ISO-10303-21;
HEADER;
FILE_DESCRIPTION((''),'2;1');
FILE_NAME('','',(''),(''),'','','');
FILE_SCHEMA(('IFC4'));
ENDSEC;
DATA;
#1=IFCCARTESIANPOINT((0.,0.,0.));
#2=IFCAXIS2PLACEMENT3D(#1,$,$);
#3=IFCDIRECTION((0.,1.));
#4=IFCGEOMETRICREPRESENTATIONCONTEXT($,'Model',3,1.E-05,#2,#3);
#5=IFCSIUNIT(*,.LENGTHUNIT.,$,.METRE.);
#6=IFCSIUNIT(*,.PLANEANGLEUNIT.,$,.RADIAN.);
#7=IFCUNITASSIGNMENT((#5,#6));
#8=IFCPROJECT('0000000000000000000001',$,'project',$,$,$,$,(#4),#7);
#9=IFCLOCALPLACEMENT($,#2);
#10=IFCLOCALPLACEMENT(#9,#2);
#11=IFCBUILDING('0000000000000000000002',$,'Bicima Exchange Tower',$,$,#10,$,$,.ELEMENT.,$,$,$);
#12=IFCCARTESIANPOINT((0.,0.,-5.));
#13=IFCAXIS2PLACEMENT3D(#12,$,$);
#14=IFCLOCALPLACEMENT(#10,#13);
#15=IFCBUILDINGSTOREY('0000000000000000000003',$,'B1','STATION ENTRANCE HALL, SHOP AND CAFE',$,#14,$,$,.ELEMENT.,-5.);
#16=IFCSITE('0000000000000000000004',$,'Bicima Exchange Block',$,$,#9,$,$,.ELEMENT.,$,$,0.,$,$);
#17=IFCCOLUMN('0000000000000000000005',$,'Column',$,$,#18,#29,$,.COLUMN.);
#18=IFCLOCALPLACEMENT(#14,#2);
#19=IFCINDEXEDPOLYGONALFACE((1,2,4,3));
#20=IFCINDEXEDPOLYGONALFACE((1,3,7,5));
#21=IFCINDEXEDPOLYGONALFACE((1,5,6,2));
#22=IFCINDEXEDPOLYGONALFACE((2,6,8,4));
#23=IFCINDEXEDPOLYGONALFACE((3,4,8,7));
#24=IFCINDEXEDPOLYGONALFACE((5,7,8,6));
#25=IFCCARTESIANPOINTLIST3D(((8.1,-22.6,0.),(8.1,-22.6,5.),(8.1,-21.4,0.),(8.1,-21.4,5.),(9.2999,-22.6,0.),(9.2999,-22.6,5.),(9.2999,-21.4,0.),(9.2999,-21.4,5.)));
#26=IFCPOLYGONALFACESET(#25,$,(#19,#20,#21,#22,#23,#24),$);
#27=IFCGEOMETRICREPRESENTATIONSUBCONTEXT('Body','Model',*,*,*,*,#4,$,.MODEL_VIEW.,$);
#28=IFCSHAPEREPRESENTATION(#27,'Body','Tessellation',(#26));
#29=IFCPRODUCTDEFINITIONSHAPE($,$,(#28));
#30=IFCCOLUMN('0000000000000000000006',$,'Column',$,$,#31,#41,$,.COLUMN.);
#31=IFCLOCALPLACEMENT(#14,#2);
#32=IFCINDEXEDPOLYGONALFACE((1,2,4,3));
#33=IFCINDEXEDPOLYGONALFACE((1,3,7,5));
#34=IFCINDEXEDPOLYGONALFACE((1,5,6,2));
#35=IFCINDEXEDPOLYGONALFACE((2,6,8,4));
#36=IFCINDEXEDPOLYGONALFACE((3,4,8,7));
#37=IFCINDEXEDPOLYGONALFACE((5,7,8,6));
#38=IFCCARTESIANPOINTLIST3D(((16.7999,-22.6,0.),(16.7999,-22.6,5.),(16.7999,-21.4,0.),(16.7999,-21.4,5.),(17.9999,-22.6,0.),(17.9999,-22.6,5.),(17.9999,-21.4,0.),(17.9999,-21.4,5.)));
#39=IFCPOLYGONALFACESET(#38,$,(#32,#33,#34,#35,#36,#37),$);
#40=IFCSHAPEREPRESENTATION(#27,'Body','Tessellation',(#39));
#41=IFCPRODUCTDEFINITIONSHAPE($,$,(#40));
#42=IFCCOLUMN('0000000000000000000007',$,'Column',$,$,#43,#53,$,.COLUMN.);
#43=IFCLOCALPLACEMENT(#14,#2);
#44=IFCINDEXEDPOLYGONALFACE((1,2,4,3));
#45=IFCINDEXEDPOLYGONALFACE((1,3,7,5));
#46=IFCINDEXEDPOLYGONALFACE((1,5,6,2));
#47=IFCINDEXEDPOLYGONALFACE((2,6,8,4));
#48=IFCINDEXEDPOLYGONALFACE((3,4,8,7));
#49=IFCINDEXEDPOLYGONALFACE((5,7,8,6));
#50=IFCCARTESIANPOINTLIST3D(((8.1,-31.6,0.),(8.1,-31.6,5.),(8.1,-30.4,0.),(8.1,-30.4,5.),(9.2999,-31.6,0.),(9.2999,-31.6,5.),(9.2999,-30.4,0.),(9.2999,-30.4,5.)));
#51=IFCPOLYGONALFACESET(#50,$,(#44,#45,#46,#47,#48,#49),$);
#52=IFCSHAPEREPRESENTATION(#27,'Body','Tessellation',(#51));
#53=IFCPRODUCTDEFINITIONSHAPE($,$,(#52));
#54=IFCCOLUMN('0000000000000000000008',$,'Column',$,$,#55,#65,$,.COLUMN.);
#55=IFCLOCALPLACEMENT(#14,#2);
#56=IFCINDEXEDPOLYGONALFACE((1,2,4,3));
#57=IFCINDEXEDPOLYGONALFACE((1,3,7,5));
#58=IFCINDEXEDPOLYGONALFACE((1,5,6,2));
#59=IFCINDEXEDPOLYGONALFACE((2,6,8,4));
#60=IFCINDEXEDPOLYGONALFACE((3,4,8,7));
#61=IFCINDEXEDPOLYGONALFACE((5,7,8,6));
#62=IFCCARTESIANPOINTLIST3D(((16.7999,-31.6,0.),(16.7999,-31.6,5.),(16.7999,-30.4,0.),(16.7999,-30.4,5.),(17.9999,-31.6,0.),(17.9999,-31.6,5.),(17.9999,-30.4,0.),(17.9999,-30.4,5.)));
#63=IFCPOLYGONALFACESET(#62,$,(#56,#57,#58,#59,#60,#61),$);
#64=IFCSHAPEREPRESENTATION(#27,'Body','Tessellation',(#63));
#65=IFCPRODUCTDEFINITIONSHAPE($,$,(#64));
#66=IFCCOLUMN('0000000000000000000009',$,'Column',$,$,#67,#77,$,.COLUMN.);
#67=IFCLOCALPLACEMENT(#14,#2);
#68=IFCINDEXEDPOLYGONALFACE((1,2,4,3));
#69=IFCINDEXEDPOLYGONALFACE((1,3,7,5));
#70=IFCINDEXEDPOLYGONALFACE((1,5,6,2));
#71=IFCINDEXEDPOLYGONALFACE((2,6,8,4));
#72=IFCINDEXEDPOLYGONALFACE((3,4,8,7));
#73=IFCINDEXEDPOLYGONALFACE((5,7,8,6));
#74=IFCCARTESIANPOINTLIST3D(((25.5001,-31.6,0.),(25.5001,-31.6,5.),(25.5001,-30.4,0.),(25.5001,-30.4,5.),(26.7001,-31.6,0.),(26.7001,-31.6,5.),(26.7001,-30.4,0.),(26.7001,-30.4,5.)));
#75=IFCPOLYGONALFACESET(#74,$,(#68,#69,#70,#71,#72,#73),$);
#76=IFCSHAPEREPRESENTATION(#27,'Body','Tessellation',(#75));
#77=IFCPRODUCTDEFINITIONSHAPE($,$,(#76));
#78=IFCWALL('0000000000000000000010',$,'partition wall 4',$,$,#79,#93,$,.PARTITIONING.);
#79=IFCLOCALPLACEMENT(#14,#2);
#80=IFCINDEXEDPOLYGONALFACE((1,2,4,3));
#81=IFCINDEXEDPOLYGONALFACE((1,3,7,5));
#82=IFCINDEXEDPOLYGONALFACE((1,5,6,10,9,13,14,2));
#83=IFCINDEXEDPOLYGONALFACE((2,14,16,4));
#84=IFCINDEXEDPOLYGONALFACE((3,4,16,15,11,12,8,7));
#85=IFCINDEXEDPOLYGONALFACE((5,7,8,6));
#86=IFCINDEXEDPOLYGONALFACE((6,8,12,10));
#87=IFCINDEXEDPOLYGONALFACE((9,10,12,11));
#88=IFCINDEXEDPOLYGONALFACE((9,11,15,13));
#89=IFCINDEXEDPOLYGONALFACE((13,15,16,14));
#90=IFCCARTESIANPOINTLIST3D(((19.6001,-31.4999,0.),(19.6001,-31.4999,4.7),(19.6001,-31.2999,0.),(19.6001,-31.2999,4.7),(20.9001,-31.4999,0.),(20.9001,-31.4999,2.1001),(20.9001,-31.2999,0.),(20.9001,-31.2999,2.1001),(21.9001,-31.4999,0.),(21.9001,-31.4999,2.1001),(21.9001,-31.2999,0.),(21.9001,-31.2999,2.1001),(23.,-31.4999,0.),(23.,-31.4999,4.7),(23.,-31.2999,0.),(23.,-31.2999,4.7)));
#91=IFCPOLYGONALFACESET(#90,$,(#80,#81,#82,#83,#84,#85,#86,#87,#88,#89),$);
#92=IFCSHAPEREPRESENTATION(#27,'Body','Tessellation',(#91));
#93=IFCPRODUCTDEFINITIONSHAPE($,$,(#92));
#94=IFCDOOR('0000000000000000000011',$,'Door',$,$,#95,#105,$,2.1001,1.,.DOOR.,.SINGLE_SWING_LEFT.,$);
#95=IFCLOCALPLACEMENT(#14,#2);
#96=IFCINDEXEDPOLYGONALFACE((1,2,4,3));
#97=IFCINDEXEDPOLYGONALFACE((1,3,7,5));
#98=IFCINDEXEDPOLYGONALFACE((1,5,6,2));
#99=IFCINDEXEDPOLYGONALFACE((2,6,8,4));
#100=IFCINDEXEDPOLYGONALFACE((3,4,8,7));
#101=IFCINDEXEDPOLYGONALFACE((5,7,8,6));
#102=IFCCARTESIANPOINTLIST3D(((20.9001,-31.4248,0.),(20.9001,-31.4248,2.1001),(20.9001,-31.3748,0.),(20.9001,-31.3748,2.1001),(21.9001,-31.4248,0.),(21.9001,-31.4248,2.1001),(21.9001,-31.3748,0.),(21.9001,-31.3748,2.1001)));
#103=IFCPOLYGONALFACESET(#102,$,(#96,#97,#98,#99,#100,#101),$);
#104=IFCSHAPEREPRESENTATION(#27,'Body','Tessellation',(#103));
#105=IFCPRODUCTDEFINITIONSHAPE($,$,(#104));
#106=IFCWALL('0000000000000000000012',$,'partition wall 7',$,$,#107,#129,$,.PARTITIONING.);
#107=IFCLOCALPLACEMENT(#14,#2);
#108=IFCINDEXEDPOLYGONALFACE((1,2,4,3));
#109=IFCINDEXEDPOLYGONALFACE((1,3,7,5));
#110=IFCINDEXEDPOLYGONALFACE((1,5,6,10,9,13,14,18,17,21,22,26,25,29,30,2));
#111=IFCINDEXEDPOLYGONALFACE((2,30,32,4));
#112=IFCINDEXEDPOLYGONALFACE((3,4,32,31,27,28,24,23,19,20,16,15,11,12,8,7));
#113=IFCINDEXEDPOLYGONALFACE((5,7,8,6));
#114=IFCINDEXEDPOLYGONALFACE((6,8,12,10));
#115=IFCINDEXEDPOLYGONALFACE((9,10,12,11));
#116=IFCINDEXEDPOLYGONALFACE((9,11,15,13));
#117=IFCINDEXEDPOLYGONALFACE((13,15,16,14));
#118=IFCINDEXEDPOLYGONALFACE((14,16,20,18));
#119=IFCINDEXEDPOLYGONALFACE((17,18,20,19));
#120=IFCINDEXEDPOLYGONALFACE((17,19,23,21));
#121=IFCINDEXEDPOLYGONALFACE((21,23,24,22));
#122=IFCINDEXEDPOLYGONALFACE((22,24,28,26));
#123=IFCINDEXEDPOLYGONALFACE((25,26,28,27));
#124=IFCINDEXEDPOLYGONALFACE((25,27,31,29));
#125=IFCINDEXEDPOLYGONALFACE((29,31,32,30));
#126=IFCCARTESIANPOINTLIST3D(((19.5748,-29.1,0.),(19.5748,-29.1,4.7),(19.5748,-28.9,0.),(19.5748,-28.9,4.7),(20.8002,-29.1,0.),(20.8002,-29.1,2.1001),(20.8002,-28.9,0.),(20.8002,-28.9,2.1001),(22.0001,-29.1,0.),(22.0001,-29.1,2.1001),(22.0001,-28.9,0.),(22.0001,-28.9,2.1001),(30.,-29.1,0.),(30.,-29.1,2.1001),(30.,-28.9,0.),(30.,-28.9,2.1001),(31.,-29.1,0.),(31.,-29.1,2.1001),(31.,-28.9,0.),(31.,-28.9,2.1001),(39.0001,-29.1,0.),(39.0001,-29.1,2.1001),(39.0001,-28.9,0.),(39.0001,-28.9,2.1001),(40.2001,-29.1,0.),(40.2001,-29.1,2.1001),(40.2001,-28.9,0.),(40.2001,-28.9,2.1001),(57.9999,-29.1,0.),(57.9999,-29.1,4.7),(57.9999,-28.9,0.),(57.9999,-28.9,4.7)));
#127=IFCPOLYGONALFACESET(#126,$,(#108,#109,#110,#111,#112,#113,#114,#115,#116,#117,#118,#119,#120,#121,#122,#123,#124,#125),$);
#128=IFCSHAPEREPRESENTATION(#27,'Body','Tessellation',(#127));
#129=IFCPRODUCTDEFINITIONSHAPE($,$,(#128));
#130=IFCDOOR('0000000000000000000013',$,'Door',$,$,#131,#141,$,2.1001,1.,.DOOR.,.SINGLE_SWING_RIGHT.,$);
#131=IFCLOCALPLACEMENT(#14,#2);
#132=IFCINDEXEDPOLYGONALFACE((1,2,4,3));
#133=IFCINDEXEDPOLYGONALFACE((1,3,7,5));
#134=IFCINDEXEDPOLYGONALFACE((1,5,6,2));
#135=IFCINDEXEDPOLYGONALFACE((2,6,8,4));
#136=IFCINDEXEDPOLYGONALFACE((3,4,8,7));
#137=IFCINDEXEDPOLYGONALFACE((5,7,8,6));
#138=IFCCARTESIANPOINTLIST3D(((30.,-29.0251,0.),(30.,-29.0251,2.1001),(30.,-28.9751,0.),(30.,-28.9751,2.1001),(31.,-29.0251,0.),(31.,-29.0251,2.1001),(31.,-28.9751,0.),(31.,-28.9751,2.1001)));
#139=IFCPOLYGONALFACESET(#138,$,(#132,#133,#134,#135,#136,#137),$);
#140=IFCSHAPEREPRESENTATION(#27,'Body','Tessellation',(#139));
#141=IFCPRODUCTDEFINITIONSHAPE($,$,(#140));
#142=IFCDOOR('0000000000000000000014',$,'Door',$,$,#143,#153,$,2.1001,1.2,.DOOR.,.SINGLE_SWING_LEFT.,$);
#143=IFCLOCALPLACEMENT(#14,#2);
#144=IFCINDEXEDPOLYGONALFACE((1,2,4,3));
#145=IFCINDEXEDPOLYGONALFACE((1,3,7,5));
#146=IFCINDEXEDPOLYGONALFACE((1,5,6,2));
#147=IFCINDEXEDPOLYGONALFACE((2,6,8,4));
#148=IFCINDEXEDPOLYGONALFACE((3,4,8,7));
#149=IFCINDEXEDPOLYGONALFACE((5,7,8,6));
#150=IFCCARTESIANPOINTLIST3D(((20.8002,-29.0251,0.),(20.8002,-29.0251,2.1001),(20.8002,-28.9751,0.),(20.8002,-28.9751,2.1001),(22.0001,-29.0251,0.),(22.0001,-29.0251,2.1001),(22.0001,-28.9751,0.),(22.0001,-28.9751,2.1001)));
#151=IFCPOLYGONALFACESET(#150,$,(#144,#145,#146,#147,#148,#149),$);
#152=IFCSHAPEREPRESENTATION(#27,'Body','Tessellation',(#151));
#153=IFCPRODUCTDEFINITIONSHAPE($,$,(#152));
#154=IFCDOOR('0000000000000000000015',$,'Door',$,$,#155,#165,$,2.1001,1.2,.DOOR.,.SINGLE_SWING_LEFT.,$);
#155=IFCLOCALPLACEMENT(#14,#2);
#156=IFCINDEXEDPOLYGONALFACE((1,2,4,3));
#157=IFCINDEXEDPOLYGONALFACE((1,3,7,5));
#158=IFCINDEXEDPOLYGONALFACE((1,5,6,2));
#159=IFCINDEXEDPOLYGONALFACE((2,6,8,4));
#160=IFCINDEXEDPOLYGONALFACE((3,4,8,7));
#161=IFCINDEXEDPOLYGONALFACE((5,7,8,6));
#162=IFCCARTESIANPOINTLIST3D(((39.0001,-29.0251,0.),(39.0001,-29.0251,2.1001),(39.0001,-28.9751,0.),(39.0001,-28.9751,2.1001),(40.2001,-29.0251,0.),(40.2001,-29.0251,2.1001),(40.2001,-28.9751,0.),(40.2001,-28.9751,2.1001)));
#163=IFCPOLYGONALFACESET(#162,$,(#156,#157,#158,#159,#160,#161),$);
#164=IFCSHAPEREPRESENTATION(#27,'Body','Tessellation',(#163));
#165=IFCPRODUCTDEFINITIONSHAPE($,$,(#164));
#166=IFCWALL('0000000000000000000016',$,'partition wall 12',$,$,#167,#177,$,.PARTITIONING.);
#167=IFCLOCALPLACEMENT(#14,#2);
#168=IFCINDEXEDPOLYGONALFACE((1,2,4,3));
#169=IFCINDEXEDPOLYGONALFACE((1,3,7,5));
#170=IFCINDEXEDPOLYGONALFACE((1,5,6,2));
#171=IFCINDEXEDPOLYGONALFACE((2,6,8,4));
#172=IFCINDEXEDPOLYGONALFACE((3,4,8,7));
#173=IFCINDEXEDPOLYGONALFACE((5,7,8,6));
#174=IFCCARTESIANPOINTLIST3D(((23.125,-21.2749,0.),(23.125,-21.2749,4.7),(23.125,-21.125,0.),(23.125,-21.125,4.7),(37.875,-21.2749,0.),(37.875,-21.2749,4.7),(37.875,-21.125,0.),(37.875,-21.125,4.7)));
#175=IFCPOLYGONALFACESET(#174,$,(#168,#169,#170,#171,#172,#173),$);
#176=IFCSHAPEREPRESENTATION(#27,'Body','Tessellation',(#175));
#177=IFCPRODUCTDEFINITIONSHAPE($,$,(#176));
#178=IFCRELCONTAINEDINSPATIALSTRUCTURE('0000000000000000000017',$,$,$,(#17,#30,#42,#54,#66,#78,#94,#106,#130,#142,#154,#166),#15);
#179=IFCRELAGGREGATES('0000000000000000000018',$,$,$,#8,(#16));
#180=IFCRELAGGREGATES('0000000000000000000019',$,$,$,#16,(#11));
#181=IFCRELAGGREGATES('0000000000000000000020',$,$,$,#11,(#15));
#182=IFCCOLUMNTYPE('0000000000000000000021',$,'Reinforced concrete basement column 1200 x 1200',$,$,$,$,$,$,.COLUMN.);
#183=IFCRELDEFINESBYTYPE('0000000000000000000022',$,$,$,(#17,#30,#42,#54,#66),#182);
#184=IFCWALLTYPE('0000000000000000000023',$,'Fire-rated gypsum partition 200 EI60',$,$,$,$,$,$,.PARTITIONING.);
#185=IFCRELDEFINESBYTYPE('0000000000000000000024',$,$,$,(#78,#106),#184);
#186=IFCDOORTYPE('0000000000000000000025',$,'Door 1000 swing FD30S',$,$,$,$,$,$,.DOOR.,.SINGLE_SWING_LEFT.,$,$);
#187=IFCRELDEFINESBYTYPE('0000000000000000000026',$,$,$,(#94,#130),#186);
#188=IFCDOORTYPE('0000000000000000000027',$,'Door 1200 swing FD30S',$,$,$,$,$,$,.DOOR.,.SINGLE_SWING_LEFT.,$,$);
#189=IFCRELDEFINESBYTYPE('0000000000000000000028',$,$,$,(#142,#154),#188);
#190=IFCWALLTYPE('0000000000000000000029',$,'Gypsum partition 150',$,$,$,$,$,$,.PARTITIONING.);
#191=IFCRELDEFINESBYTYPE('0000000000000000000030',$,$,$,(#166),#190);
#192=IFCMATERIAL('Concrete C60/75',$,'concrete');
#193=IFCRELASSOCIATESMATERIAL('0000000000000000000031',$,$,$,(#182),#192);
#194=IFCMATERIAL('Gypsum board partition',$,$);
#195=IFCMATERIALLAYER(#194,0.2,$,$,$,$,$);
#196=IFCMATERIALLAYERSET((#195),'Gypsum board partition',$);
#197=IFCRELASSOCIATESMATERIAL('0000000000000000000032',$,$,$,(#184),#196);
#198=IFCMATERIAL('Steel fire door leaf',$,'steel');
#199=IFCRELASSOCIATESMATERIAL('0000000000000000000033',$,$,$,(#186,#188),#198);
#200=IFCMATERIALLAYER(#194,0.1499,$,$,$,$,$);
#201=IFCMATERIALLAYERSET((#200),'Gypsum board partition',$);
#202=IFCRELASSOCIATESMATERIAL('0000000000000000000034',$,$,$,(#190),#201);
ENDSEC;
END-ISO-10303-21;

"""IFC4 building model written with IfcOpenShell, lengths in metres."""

from ifc_helpers import new_model, si_unit, direction, frame, frame_2d, origin, origin_2d, place, context, subcontext, project, spatial, rectangle, extrude, material, layer, layer_set, material_profile, profile_set, type_object, element, fill, save


model = new_model("IFC4")

# Units and contexts
model_context = context("Model", 3, precision=1e-05, world=origin(), true_north=direction((0.0, 1.0)))
body_context = subcontext(model_context, "Body", "Model", "MODEL_VIEW")
ifc_project = project(units=[si_unit("LENGTHUNIT", "METRE"), si_unit("PLANEANGLEUNIT", "RADIAN")], contexts=[model_context])

# Site, building, storey
site_placement = place(None, origin())
site = spatial("IfcSite", under=ifc_project, at=site_placement, Name="Bicima Exchange Block", CompositionType="ELEMENT", RefElevation=0.0)
building_placement = place(site_placement, origin())
building = spatial("IfcBuilding", under=site, at=building_placement, Name="Bicima Exchange Tower", CompositionType="ELEMENT")
storey_placement = place(building_placement, frame((0.0, 0.0, -5.0)))
storey = spatial("IfcBuildingStorey", under=building, at=storey_placement, Name="B1", Description="STATION ENTRANCE HALL, SHOP AND CAFE", CompositionType="ELEMENT", Elevation=-5.0)

# Columns
ifc_material_1 = material(Name="Concrete C60/75", Category="concrete")
ifc_material_profile = material_profile(ifc_material_1, rectangle(XDim=1.2, YDim=1.2, at=origin_2d()))
ifc_profile_set = profile_set([ifc_material_profile], Name="Concrete C60/75")
column_type = type_object("IfcColumnType", Name="Reinforced concrete basement column 1200 x 1200", PredefinedType="COLUMN", material=ifc_profile_set)
for number, where, z_axis, x_axis, name in (
    (1, (8.7, -22.0, 0.0), (0.0, 0.0, 1.0), (1.0, 0.0, 0.0), "Column"),
    (2, (17.3999, -22.0, 0.0), (0.0, 0.0, 1.0), (1.0, 0.0, 0.0), "Column"),
    (3, (8.7, -31.0, 0.0), (0.0, 0.0, 1.0), (1.0, 0.0, 0.0), "Column"),
    (4, (17.3999, -31.0, 0.0), (0.0, 0.0, 1.0), (1.0, 0.0, 0.0), "Column"),
    (5, (26.1001, -31.0, 0.0), (0.0, 0.0, 1.0), (1.0, 0.0, 0.0), "Column"),
):
    element("IfcColumn", number, at=place(storey_placement, frame(where, z_axis=z_axis, x_axis=x_axis)), inside=storey, type_object=column_type, Name=name, PredefinedType="COLUMN", context=body_context, shape_type="SweptSolid", body=[
        extrude(rectangle(XDim=1.2, YDim=1.2, at=origin_2d()), origin(), (0.0, 0.0, 1.0), 5.0),
    ])

# Wall, opening, door
ifc_material_2 = material(Name="Gypsum board partition")
ifc_layer_1 = layer(ifc_material_2, 0.2)
ifc_layer_set_1 = layer_set([ifc_layer_1], Name="Gypsum board partition")
wall_type_1 = type_object("IfcWallType", Name="Fire-rated gypsum partition 200 EI60", PredefinedType="PARTITIONING", material=ifc_layer_set_1)
wall_1_placement = place(storey_placement, frame((19.6001, -31.3999, 0.0), z_axis=(0.0, 0.0, 1.0), x_axis=(1.0, 0.0, 0.0)))
wall_1 = element("IfcWall", 6, at=wall_1_placement, inside=storey, type_object=wall_type_1, Name="partition wall 4", PredefinedType="PARTITIONING", context=body_context, shape_type="SweptSolid", body=[
    extrude(rectangle(XDim=3.3999, YDim=0.2, at=frame_2d((1.7, 0.0))), origin(), (0.0, 0.0, 1.0), 4.7),
])
opening_1_placement = place(wall_1_placement, frame((1.3, 0.0, 0.0)))
opening_1 = element("IfcOpeningElement", 7, at=opening_1_placement, cuts=wall_1, PredefinedType="OPENING", context=body_context, shape_type="SweptSolid", body=[
    extrude(rectangle(XDim=1.0, YDim=2.1001, at=frame_2d((0.5, 1.05))), frame((0.0, 0.1118, 0.0), z_axis=(0.0, -1.0, 0.0), x_axis=(1.0, 0.0, 0.0)), (0.0, 0.0, 1.0), 0.2239),
])
ifc_material_3 = material(Name="Steel fire door leaf", Category="steel")
door_type_1 = type_object("IfcDoorType", Name="Door 1000 swing FD30S", OperationType="SINGLE_SWING_LEFT", PredefinedType="DOOR", material=ifc_material_3)
door_1_placement = place(opening_1_placement, frame((1.0, 0.0, 0.0), z_axis=(0.0, 0.0, 1.0), x_axis=(-1.0, 0.0, 0.0)))
door_1 = element("IfcDoor", 8, at=door_1_placement, inside=storey, type_object=door_type_1, Name="Door", OperationType="SINGLE_SWING_LEFT", OverallHeight=2.1001, OverallWidth=1.0, PredefinedType="DOOR", context=body_context, shape_type="SweptSolid", body=[
    extrude(rectangle(XDim=1.0, YDim=2.1001, at=frame_2d((0.5, 1.05))), frame((0.0, 0.0249, 0.0), z_axis=(0.0, -1.0, 0.0), x_axis=(1.0, 0.0, 0.0)), (0.0, 0.0, 1.0), 0.05),
])
fill(opening_1, door_1)

# Wall, openings, doors
wall_2_placement = place(storey_placement, frame((19.575, -29.0, 0.0), z_axis=(0.0, 0.0, 1.0), x_axis=(1.0, 0.0, 0.0)))
wall_2 = element("IfcWall", 9, at=wall_2_placement, inside=storey, type_object=wall_type_1, Name="partition wall 7", PredefinedType="PARTITIONING", context=body_context, shape_type="SweptSolid", body=[
    extrude(rectangle(XDim=38.425, YDim=0.2, at=frame_2d((19.2124, 0.0))), origin(), (0.0, 0.0, 1.0), 4.7),
])
opening_2_placement = place(wall_2_placement, frame((1.2251, 0.0, 0.0)))
opening_2 = element("IfcOpeningElement", 10, at=opening_2_placement, cuts=wall_2, PredefinedType="OPENING", context=body_context, shape_type="SweptSolid", body=[
    extrude(rectangle(XDim=1.2, YDim=2.1001, at=frame_2d((0.6001, 1.05))), frame((0.0, 0.1118, 0.0), z_axis=(0.0, -1.0, 0.0), x_axis=(1.0, 0.0, 0.0)), (0.0, 0.0, 1.0), 0.2239),
])
opening_3_placement = place(wall_2_placement, frame((19.425, 0.0, 0.0)))
opening_3 = element("IfcOpeningElement", 11, at=opening_3_placement, cuts=wall_2, PredefinedType="OPENING", context=body_context, shape_type="SweptSolid", body=[
    extrude(rectangle(XDim=1.2, YDim=2.1001, at=frame_2d((0.6001, 1.05))), frame((0.0, 0.1118, 0.0), z_axis=(0.0, -1.0, 0.0), x_axis=(1.0, 0.0, 0.0)), (0.0, 0.0, 1.0), 0.2239),
])
opening_4_placement = place(wall_2_placement, frame((10.425, 0.0, 0.0)))
opening_4 = element("IfcOpeningElement", 12, at=opening_4_placement, cuts=wall_2, PredefinedType="OPENING", context=body_context, shape_type="SweptSolid", body=[
    extrude(rectangle(XDim=1.0, YDim=2.1001, at=frame_2d((0.5, 1.05))), frame((0.0, 0.1118, 0.0), z_axis=(0.0, -1.0, 0.0), x_axis=(1.0, 0.0, 0.0)), (0.0, 0.0, 1.0), 0.2239),
])
door_2_placement = place(opening_4_placement, origin())
door_2 = element("IfcDoor", 13, at=door_2_placement, inside=storey, type_object=door_type_1, Name="Door", OperationType="SINGLE_SWING_RIGHT", OverallHeight=2.1001, OverallWidth=1.0, PredefinedType="DOOR", context=body_context, shape_type="SweptSolid", body=[
    extrude(rectangle(XDim=1.0, YDim=2.1001, at=frame_2d((0.5, 1.05))), frame((0.0, 0.0249, 0.0), z_axis=(0.0, -1.0, 0.0), x_axis=(1.0, 0.0, 0.0)), (0.0, 0.0, 1.0), 0.05),
])
fill(opening_4, door_2)
door_type_2 = type_object("IfcDoorType", Name="Door 1200 swing FD30S", OperationType="SINGLE_SWING_LEFT", PredefinedType="DOOR", material=ifc_material_3)
door_3_placement = place(opening_2_placement, origin())
door_3 = element("IfcDoor", 14, at=door_3_placement, inside=storey, type_object=door_type_2, Name="Door", OperationType="SINGLE_SWING_LEFT", OverallHeight=2.1001, OverallWidth=1.2, PredefinedType="DOOR", context=body_context, shape_type="SweptSolid", body=[
    extrude(rectangle(XDim=1.2, YDim=2.1001, at=frame_2d((0.6001, 1.05))), frame((0.0, 0.0249, 0.0), z_axis=(0.0, -1.0, 0.0), x_axis=(1.0, 0.0, 0.0)), (0.0, 0.0, 1.0), 0.05),
])
fill(opening_2, door_3)
door_4_placement = place(opening_3_placement, origin())
door_4 = element("IfcDoor", 15, at=door_4_placement, inside=storey, type_object=door_type_2, Name="Door", OperationType="SINGLE_SWING_LEFT", OverallHeight=2.1001, OverallWidth=1.2, PredefinedType="DOOR", context=body_context, shape_type="SweptSolid", body=[
    extrude(rectangle(XDim=1.2, YDim=2.1001, at=frame_2d((0.6001, 1.05))), frame((0.0, 0.0249, 0.0), z_axis=(0.0, -1.0, 0.0), x_axis=(1.0, 0.0, 0.0)), (0.0, 0.0, 1.0), 0.05),
])
fill(opening_3, door_4)

# Wall
ifc_layer_2 = layer(ifc_material_2, 0.1499)
ifc_layer_set_2 = layer_set([ifc_layer_2], Name="Gypsum board partition")
wall_type_2 = type_object("IfcWallType", Name="Gypsum partition 150", PredefinedType="PARTITIONING", material=ifc_layer_set_2)
wall_3_placement = place(storey_placement, frame((23.125, -21.2, 0.0), z_axis=(0.0, 0.0, 1.0), x_axis=(1.0, 0.0, 0.0)))
element("IfcWall", 16, at=wall_3_placement, inside=storey, type_object=wall_type_2, Name="partition wall 12", PredefinedType="PARTITIONING", context=body_context, shape_type="SweptSolid", body=[
    extrude(rectangle(XDim=14.75, YDim=0.1499, at=frame_2d((7.375, 0.0))), origin(), (0.0, 0.0, 1.0), 4.7),
])

save(model, "model.ifc")
